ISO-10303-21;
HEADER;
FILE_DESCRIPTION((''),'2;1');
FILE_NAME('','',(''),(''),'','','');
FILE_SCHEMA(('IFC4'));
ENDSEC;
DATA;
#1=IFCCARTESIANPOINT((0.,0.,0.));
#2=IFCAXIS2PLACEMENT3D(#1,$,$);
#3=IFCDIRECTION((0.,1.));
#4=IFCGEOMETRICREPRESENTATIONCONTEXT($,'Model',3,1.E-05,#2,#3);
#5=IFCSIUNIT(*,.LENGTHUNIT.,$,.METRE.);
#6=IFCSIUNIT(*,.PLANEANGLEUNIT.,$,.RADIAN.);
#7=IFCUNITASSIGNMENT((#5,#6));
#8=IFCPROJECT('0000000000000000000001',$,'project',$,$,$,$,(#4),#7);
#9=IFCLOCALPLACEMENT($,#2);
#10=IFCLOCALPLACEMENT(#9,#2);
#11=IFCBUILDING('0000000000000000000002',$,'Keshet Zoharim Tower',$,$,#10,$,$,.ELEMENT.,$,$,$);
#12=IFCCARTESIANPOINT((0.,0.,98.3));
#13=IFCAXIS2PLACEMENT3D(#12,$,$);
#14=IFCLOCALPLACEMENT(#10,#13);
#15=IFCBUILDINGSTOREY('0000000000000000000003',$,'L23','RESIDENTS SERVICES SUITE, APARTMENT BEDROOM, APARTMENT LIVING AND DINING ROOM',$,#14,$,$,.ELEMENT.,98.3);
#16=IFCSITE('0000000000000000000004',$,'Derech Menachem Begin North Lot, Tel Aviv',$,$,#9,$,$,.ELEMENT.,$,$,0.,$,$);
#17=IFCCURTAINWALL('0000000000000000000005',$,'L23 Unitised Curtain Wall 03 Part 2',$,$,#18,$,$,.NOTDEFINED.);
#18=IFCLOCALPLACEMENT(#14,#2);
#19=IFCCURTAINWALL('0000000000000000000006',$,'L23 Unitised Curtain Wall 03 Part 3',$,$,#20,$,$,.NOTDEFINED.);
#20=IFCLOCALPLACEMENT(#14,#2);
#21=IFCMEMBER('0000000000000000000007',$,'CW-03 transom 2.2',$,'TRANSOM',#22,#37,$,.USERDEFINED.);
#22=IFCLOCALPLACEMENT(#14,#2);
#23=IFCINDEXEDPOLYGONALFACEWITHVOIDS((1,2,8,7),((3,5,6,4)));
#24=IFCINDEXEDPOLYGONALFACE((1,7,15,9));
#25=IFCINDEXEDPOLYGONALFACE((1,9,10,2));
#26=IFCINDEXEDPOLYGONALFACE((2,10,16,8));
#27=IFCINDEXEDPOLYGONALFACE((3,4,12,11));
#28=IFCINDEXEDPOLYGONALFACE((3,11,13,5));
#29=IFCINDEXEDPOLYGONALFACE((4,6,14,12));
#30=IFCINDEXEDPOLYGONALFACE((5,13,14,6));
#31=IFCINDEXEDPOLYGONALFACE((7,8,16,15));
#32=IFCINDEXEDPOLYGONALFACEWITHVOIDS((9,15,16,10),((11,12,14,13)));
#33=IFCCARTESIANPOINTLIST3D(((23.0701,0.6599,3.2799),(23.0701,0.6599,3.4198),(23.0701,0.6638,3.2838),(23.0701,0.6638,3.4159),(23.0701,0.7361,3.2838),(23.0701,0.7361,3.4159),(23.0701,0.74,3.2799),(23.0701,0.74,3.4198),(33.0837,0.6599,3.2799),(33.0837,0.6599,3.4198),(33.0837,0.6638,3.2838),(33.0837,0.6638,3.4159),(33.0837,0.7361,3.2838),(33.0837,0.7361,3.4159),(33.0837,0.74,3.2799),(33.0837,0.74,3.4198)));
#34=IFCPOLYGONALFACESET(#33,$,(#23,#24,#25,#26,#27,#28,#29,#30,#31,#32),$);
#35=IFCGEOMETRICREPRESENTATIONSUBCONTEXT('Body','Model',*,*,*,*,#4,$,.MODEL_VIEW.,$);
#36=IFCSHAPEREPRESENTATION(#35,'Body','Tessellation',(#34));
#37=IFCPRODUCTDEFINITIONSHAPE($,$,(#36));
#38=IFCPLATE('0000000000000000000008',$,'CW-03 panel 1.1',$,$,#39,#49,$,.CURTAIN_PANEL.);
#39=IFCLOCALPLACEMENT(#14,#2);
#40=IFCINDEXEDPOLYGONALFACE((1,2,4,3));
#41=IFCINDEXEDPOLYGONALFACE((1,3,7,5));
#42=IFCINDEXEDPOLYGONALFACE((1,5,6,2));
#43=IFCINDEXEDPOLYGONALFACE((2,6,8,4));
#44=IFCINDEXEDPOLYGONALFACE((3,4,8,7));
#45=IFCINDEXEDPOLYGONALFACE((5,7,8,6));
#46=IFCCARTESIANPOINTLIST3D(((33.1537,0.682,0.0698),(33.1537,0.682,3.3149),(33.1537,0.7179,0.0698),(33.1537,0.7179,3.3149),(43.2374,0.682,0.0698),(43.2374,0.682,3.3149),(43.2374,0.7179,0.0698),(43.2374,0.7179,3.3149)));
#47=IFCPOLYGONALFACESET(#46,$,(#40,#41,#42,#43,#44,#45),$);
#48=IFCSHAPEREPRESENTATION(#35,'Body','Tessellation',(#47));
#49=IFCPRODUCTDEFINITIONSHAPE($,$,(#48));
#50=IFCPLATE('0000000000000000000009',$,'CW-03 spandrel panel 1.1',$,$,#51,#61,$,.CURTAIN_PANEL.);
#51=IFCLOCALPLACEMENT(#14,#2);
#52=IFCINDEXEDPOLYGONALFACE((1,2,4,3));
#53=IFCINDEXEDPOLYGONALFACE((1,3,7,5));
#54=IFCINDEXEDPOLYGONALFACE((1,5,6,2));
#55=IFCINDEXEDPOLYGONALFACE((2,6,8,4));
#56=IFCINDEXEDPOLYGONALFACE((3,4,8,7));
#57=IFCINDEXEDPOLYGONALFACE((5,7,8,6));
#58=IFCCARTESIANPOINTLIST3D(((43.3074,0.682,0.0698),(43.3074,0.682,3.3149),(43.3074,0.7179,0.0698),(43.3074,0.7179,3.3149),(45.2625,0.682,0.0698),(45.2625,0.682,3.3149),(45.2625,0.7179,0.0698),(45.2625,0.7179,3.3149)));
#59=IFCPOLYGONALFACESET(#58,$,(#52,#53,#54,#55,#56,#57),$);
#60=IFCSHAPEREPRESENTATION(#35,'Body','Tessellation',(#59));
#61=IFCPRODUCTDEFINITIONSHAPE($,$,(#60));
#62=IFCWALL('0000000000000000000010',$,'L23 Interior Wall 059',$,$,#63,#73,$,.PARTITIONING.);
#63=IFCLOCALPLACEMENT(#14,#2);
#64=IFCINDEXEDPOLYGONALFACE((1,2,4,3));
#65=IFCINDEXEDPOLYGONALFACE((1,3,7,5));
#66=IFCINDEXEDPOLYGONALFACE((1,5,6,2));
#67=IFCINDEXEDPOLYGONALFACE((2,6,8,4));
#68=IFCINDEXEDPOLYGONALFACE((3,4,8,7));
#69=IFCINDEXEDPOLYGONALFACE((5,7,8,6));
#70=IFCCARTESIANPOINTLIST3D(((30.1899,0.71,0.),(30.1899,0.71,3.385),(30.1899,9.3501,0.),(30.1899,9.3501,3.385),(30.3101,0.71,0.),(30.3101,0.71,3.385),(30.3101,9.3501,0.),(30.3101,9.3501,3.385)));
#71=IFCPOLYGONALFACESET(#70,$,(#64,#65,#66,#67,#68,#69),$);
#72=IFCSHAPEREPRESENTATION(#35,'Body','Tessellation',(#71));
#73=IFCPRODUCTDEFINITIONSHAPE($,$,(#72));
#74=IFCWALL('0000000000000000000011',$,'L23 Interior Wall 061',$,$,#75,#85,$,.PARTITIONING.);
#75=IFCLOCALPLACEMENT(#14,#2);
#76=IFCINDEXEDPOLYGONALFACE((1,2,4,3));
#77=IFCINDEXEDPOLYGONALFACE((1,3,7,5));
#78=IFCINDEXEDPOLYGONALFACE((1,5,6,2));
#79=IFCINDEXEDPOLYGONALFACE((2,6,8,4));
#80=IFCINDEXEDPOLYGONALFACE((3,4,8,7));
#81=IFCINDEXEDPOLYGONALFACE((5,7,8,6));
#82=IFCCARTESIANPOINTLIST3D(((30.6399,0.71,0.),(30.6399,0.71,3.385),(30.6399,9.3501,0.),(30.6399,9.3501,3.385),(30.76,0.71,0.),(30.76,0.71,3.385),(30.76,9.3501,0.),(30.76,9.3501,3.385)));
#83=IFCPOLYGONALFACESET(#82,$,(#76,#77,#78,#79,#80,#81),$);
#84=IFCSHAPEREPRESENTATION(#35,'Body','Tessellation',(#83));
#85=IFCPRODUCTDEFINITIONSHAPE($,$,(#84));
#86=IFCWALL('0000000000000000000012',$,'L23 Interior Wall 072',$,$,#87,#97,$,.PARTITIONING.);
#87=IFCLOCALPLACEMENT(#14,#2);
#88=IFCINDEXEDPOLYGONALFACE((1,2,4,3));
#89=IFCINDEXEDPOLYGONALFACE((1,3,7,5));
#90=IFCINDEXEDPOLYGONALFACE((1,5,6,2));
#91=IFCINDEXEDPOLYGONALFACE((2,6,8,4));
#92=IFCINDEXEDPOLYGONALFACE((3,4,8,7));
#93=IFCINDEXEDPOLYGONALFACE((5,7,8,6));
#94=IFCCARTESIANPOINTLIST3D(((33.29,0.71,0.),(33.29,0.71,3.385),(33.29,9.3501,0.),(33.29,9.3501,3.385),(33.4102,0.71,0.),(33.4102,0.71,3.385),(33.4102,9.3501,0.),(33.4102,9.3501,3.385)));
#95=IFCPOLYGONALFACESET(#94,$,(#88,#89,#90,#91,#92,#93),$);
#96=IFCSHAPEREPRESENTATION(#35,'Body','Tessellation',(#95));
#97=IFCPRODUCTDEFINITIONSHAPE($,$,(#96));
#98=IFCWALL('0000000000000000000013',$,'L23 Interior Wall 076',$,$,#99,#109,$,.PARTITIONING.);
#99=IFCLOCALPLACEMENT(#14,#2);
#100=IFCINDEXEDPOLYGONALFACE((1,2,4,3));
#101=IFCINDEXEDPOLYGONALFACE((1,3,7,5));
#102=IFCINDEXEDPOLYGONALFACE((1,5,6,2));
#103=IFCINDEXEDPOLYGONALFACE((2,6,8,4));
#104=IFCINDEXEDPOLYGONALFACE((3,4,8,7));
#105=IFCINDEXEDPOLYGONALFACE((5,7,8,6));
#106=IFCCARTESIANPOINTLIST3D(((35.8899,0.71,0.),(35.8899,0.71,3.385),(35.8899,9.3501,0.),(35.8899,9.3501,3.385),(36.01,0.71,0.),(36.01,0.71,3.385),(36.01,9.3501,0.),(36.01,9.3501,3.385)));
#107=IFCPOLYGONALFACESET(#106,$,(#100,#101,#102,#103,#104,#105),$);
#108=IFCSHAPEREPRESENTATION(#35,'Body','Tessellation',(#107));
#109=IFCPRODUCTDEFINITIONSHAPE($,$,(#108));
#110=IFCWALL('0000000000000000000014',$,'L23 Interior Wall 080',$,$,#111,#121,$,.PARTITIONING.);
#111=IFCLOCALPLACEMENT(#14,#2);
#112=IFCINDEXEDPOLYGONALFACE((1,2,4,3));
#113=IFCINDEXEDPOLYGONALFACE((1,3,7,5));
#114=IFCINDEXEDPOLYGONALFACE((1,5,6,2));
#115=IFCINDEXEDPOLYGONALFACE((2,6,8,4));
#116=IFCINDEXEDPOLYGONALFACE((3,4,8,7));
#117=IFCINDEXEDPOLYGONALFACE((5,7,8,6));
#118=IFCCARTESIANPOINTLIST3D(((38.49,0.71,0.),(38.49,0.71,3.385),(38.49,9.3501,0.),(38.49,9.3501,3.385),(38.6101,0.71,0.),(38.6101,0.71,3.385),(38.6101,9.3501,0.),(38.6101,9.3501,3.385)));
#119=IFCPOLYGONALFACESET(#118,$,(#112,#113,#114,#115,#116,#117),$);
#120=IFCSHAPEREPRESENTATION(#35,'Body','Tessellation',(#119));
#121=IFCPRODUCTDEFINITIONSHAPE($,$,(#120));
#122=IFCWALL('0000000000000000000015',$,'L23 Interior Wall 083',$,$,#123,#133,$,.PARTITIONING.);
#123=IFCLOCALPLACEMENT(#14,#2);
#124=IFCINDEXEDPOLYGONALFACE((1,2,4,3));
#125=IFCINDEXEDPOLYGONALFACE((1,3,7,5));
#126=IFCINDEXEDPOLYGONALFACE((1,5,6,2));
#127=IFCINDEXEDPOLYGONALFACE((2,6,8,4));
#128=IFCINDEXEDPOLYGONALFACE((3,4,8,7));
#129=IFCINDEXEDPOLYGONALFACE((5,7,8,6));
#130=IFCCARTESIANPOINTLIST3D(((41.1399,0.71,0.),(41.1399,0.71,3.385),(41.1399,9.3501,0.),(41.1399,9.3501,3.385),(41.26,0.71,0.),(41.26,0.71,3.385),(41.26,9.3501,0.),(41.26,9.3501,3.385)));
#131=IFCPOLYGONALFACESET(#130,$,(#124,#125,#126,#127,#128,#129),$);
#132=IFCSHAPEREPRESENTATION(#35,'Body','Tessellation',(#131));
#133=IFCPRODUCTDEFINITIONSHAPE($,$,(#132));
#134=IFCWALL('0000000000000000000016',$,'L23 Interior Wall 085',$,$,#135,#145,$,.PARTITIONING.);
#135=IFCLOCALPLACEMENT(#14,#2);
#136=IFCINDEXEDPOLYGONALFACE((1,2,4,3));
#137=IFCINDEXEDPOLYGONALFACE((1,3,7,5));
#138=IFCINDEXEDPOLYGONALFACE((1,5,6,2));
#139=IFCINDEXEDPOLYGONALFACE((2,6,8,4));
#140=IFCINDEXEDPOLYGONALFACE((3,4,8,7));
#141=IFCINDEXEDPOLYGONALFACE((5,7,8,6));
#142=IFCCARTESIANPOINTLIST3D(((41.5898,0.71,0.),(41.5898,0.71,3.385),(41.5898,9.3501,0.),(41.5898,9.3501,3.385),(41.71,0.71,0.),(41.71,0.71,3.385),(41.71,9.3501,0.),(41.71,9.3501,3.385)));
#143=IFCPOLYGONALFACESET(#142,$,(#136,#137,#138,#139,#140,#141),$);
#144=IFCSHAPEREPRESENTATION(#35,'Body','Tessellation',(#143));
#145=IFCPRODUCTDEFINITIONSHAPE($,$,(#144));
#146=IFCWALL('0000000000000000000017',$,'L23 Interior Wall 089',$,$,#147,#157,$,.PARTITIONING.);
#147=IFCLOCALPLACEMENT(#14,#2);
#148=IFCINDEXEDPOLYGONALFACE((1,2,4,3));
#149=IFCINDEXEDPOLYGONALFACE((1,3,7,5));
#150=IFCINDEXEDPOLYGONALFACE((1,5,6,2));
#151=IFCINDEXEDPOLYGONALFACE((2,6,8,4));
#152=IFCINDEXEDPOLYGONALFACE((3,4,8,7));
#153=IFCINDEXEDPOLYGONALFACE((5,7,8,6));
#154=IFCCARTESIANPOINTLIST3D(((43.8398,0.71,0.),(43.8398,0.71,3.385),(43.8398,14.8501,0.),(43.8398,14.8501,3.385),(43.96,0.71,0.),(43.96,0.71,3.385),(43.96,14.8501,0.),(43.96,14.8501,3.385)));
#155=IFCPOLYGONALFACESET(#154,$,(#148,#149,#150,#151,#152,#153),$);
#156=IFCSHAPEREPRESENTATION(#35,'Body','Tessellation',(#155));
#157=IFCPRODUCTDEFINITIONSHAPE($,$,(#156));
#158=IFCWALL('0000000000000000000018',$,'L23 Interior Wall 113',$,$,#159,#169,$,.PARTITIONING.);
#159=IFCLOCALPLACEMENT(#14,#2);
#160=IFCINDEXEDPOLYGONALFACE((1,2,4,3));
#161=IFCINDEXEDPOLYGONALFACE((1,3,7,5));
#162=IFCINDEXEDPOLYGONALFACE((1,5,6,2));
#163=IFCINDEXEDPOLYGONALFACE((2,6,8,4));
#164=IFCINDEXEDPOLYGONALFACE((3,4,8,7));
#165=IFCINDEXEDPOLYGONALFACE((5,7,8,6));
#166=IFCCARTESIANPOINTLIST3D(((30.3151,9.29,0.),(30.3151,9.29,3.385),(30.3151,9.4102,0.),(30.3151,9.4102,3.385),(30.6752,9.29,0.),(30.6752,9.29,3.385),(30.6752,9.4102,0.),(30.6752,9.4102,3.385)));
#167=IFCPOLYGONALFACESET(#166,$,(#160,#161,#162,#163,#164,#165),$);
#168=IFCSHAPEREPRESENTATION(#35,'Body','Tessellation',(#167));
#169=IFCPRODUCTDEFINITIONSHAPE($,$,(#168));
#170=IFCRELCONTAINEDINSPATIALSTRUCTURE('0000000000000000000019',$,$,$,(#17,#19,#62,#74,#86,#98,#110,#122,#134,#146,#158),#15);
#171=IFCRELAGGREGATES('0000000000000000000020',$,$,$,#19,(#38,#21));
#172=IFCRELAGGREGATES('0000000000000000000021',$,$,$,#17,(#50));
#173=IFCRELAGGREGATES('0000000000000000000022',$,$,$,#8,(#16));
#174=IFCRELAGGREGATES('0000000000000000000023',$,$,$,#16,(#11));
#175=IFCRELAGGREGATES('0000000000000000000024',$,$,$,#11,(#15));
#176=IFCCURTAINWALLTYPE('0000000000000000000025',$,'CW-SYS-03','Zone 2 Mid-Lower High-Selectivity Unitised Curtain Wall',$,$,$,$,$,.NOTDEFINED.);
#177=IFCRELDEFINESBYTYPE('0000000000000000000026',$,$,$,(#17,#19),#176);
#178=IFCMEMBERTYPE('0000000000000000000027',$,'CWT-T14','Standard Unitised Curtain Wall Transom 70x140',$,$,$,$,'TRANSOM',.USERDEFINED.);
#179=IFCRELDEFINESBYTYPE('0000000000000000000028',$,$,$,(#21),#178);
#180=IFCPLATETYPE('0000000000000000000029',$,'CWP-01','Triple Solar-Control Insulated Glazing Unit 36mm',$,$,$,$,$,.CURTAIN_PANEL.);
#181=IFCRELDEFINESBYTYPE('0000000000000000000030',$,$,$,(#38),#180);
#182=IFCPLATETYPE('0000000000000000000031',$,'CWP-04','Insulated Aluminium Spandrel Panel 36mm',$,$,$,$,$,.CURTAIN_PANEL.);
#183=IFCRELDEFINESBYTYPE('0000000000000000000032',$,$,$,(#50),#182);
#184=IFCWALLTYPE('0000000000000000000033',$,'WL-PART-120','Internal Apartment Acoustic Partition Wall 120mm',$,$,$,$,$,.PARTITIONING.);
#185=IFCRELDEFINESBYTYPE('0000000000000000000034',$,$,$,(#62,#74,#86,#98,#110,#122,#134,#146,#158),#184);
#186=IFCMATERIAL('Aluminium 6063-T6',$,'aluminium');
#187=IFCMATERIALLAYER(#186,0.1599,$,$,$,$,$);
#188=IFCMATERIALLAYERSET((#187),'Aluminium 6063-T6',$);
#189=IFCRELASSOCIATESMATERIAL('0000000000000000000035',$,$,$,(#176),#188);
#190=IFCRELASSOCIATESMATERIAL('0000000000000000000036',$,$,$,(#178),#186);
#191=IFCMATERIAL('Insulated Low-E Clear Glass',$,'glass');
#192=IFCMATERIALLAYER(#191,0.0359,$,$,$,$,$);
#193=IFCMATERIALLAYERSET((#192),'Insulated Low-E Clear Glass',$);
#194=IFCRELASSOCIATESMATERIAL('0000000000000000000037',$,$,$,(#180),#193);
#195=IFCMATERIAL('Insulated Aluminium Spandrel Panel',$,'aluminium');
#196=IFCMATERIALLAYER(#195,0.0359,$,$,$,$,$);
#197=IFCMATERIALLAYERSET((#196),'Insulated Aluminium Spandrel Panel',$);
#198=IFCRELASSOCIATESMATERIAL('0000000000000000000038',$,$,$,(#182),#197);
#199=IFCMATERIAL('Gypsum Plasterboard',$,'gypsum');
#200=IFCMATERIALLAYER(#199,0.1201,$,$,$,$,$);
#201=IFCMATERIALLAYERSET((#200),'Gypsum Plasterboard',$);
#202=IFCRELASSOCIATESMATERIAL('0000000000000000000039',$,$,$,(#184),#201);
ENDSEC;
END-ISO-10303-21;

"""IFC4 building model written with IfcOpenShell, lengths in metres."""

from ifc_helpers import new_model, si_unit, direction, frame, frame_2d, origin, origin_2d, place, context, subcontext, project, spatial, rectangle, hollow_rectangle, extrude, material, layer, layer_set, material_profile, profile_set, type_object, element, aggregate, save


model = new_model("IFC4")

# Units and contexts
model_context = context("Model", 3, precision=1e-05, world=origin(), true_north=direction((0.0, 1.0)))
body_context = subcontext(model_context, "Body", "Model", "MODEL_VIEW")
ifc_project = project(units=[si_unit("LENGTHUNIT", "METRE"), si_unit("PLANEANGLEUNIT", "RADIAN")], contexts=[model_context])

# Site, building, storey
site_placement = place(None, origin())
site = spatial("IfcSite", under=ifc_project, at=site_placement, Name="Derech Menachem Begin North Lot, Tel Aviv", CompositionType="ELEMENT", RefElevation=0.0)
building_placement = place(site_placement, origin())
building = spatial("IfcBuilding", under=site, at=building_placement, Name="Keshet Zoharim Tower", CompositionType="ELEMENT")
storey_placement = place(building_placement, frame((0.0, 0.0, 98.3)))
storey = spatial("IfcBuildingStorey", under=building, at=storey_placement, Name="L23", Description="RESIDENTS SERVICES SUITE, APARTMENT BEDROOM, APARTMENT LIVING AND DINING ROOM", CompositionType="ELEMENT", Elevation=98.3)

# Curtain wall
ifc_material_1 = material(Name="Aluminium 6063-T6", Category="aluminium")
ifc_layer_1 = layer(ifc_material_1, 0.1599)
ifc_layer_set_1 = layer_set([ifc_layer_1], Name="Aluminium 6063-T6")
curtain_wall_type = type_object("IfcCurtainWallType", Name="CW-SYS-03", Description="Zone 2 Mid-Lower High-Selectivity Unitised Curtain Wall", PredefinedType="NOTDEFINED", material=ifc_layer_set_1)
curtain_wall_1_placement = place(storey_placement, origin())
curtain_wall_1 = element("IfcCurtainWall", 1, at=curtain_wall_1_placement, inside=storey, type_object=curtain_wall_type, Name="L23 Unitised Curtain Wall 03 Part 2", PredefinedType="NOTDEFINED")

# Curtain wall, member, plate
curtain_wall_2_placement = place(storey_placement, origin())
curtain_wall_2 = element("IfcCurtainWall", 2, at=curtain_wall_2_placement, inside=storey, type_object=curtain_wall_type, Name="L23 Unitised Curtain Wall 03 Part 3", PredefinedType="NOTDEFINED")
ifc_material_profile_1 = material_profile(ifc_material_1, hollow_rectangle(XDim=0.0801, YDim=0.1399, WallThickness=0.0039, at=origin_2d()), Name="TRN-80x140")
ifc_profile_set_1 = profile_set([ifc_material_profile_1], Name="Aluminium 6063-T6")
member_type_1 = type_object("IfcMemberType", Name="CWT-T14", Description="Standard Unitised Curtain Wall Transom 70x140", ElementType="TRANSOM", PredefinedType="USERDEFINED", material=ifc_profile_set_1)
member_1_placement = place(storey_placement, frame((33.0837, 0.7, 3.3499), z_axis=(-1.0, 0.0, 0.0), x_axis=(0.0, -1.0, 0.0)))
member_1 = element("IfcMember", 3, at=member_1_placement, type_object=member_type_1, Name="CW-03 transom 2.2", ObjectType="TRANSOM", PredefinedType="USERDEFINED", context=body_context, shape_type="SweptSolid", body=[
    extrude(hollow_rectangle(XDim=0.0801, YDim=0.1399, WallThickness=0.0039, at=origin_2d()), origin(), (0.0, 0.0, 1.0), 10.0137),
])
ifc_material_2 = material(Name="Insulated Low-E Clear Glass", Category="glass")
ifc_layer_2 = layer(ifc_material_2, 0.0359)
ifc_layer_set_2 = layer_set([ifc_layer_2], Name="Insulated Low-E Clear Glass")
plate_type_1 = type_object("IfcPlateType", Name="CWP-01", Description="Triple Solar-Control Insulated Glazing Unit 36mm", PredefinedType="CURTAIN_PANEL", material=ifc_layer_set_2)
plate_1_placement = place(storey_placement, frame((38.1956, 0.7, 0.0698), z_axis=(0.0, 0.0, 1.0), x_axis=(-1.0, 0.0, 0.0)))
plate_1 = element("IfcPlate", 4, at=plate_1_placement, type_object=plate_type_1, Name="CW-03 panel 1.1", PredefinedType="CURTAIN_PANEL", context=body_context, shape_type="SweptSolid", body=[
    extrude(rectangle(XDim=10.0837, YDim=0.0359, at=origin_2d()), origin(), (0.0, 0.0, 1.0), 3.2451),
])
aggregate(curtain_wall_2, [plate_1, member_1])

# Plate
ifc_material_3 = material(Name="Insulated Aluminium Spandrel Panel", Category="aluminium")
ifc_layer_3 = layer(ifc_material_3, 0.0359)
ifc_layer_set_3 = layer_set([ifc_layer_3], Name="Insulated Aluminium Spandrel Panel")
plate_type_2 = type_object("IfcPlateType", Name="CWP-04", Description="Insulated Aluminium Spandrel Panel 36mm", PredefinedType="CURTAIN_PANEL", material=ifc_layer_set_3)
plate_2_placement = place(storey_placement, frame((44.2849, 0.7, 0.0698), z_axis=(0.0, 0.0, 1.0), x_axis=(-1.0, 0.0, 0.0)))
plate_2 = element("IfcPlate", 5, at=plate_2_placement, type_object=plate_type_2, Name="CW-03 spandrel panel 1.1", PredefinedType="CURTAIN_PANEL", context=body_context, shape_type="SweptSolid", body=[
    extrude(rectangle(XDim=1.9551, YDim=0.0359, at=origin_2d()), origin(), (0.0, 0.0, 1.0), 3.2451),
])
aggregate(curtain_wall_1, [plate_2])

# Walls
ifc_material_4 = material(Name="Gypsum Plasterboard", Category="gypsum")
ifc_layer_4 = layer(ifc_material_4, 0.1201)
ifc_layer_set_4 = layer_set([ifc_layer_4], Name="Gypsum Plasterboard")
wall_type = type_object("IfcWallType", Name="WL-PART-120", Description="Internal Apartment Acoustic Partition Wall 120mm", PredefinedType="PARTITIONING", material=ifc_layer_set_4)
for number, where, z_axis, x_axis, name in (
    (6, (30.25, 0.71, 0.0), (0.0, 0.0, 1.0), (0.0, 1.0, 0.0), "L23 Interior Wall 059"),
    (7, (30.7, 0.71, 0.0), (0.0, 0.0, 1.0), (0.0, 1.0, 0.0), "L23 Interior Wall 061"),
    (8, (33.3501, 0.71, 0.0), (0.0, 0.0, 1.0), (0.0, 1.0, 0.0), "L23 Interior Wall 072"),
    (9, (35.95, 0.71, 0.0), (0.0, 0.0, 1.0), (0.0, 1.0, 0.0), "L23 Interior Wall 076"),
    (10, (38.55, 0.71, 0.0), (0.0, 0.0, 1.0), (0.0, 1.0, 0.0), "L23 Interior Wall 080"),
    (11, (41.2, 0.71, 0.0), (0.0, 0.0, 1.0), (0.0, 1.0, 0.0), "L23 Interior Wall 083"),
    (12, (41.6499, 0.71, 0.0), (0.0, 0.0, 1.0), (0.0, 1.0, 0.0), "L23 Interior Wall 085"),
):
    element("IfcWall", number, at=place(storey_placement, frame(where, z_axis=z_axis, x_axis=x_axis)), inside=storey, type_object=wall_type, Name=name, PredefinedType="PARTITIONING", context=body_context, shape_type="SweptSolid", body=[
        extrude(rectangle(XDim=8.6401, YDim=0.1201, at=frame_2d((4.3201, 0.0))), origin(), (0.0, 0.0, 1.0), 3.385),
    ])
wall_1_placement = place(storey_placement, frame((43.8999, 0.71, 0.0), z_axis=(0.0, 0.0, 1.0), x_axis=(0.0, 1.0, 0.0)))
element("IfcWall", 13, at=wall_1_placement, inside=storey, type_object=wall_type, Name="L23 Interior Wall 089", PredefinedType="PARTITIONING", context=body_context, shape_type="SweptSolid", body=[
    extrude(rectangle(XDim=14.1401, YDim=0.1201, at=frame_2d((7.0701, 0.0))), origin(), (0.0, 0.0, 1.0), 3.385),
])
wall_2_placement = place(storey_placement, frame((30.3149, 9.3501, 0.0), z_axis=(0.0, 0.0, 1.0), x_axis=(1.0, 0.0, 0.0)))
element("IfcWall", 14, at=wall_2_placement, inside=storey, type_object=wall_type, Name="L23 Interior Wall 113", PredefinedType="PARTITIONING", context=body_context, shape_type="SweptSolid", body=[
    extrude(rectangle(XDim=0.3601, YDim=0.1201, at=frame_2d((0.1802, 0.0))), origin(), (0.0, 0.0, 1.0), 3.385),
])

save(model, "model.ifc")
